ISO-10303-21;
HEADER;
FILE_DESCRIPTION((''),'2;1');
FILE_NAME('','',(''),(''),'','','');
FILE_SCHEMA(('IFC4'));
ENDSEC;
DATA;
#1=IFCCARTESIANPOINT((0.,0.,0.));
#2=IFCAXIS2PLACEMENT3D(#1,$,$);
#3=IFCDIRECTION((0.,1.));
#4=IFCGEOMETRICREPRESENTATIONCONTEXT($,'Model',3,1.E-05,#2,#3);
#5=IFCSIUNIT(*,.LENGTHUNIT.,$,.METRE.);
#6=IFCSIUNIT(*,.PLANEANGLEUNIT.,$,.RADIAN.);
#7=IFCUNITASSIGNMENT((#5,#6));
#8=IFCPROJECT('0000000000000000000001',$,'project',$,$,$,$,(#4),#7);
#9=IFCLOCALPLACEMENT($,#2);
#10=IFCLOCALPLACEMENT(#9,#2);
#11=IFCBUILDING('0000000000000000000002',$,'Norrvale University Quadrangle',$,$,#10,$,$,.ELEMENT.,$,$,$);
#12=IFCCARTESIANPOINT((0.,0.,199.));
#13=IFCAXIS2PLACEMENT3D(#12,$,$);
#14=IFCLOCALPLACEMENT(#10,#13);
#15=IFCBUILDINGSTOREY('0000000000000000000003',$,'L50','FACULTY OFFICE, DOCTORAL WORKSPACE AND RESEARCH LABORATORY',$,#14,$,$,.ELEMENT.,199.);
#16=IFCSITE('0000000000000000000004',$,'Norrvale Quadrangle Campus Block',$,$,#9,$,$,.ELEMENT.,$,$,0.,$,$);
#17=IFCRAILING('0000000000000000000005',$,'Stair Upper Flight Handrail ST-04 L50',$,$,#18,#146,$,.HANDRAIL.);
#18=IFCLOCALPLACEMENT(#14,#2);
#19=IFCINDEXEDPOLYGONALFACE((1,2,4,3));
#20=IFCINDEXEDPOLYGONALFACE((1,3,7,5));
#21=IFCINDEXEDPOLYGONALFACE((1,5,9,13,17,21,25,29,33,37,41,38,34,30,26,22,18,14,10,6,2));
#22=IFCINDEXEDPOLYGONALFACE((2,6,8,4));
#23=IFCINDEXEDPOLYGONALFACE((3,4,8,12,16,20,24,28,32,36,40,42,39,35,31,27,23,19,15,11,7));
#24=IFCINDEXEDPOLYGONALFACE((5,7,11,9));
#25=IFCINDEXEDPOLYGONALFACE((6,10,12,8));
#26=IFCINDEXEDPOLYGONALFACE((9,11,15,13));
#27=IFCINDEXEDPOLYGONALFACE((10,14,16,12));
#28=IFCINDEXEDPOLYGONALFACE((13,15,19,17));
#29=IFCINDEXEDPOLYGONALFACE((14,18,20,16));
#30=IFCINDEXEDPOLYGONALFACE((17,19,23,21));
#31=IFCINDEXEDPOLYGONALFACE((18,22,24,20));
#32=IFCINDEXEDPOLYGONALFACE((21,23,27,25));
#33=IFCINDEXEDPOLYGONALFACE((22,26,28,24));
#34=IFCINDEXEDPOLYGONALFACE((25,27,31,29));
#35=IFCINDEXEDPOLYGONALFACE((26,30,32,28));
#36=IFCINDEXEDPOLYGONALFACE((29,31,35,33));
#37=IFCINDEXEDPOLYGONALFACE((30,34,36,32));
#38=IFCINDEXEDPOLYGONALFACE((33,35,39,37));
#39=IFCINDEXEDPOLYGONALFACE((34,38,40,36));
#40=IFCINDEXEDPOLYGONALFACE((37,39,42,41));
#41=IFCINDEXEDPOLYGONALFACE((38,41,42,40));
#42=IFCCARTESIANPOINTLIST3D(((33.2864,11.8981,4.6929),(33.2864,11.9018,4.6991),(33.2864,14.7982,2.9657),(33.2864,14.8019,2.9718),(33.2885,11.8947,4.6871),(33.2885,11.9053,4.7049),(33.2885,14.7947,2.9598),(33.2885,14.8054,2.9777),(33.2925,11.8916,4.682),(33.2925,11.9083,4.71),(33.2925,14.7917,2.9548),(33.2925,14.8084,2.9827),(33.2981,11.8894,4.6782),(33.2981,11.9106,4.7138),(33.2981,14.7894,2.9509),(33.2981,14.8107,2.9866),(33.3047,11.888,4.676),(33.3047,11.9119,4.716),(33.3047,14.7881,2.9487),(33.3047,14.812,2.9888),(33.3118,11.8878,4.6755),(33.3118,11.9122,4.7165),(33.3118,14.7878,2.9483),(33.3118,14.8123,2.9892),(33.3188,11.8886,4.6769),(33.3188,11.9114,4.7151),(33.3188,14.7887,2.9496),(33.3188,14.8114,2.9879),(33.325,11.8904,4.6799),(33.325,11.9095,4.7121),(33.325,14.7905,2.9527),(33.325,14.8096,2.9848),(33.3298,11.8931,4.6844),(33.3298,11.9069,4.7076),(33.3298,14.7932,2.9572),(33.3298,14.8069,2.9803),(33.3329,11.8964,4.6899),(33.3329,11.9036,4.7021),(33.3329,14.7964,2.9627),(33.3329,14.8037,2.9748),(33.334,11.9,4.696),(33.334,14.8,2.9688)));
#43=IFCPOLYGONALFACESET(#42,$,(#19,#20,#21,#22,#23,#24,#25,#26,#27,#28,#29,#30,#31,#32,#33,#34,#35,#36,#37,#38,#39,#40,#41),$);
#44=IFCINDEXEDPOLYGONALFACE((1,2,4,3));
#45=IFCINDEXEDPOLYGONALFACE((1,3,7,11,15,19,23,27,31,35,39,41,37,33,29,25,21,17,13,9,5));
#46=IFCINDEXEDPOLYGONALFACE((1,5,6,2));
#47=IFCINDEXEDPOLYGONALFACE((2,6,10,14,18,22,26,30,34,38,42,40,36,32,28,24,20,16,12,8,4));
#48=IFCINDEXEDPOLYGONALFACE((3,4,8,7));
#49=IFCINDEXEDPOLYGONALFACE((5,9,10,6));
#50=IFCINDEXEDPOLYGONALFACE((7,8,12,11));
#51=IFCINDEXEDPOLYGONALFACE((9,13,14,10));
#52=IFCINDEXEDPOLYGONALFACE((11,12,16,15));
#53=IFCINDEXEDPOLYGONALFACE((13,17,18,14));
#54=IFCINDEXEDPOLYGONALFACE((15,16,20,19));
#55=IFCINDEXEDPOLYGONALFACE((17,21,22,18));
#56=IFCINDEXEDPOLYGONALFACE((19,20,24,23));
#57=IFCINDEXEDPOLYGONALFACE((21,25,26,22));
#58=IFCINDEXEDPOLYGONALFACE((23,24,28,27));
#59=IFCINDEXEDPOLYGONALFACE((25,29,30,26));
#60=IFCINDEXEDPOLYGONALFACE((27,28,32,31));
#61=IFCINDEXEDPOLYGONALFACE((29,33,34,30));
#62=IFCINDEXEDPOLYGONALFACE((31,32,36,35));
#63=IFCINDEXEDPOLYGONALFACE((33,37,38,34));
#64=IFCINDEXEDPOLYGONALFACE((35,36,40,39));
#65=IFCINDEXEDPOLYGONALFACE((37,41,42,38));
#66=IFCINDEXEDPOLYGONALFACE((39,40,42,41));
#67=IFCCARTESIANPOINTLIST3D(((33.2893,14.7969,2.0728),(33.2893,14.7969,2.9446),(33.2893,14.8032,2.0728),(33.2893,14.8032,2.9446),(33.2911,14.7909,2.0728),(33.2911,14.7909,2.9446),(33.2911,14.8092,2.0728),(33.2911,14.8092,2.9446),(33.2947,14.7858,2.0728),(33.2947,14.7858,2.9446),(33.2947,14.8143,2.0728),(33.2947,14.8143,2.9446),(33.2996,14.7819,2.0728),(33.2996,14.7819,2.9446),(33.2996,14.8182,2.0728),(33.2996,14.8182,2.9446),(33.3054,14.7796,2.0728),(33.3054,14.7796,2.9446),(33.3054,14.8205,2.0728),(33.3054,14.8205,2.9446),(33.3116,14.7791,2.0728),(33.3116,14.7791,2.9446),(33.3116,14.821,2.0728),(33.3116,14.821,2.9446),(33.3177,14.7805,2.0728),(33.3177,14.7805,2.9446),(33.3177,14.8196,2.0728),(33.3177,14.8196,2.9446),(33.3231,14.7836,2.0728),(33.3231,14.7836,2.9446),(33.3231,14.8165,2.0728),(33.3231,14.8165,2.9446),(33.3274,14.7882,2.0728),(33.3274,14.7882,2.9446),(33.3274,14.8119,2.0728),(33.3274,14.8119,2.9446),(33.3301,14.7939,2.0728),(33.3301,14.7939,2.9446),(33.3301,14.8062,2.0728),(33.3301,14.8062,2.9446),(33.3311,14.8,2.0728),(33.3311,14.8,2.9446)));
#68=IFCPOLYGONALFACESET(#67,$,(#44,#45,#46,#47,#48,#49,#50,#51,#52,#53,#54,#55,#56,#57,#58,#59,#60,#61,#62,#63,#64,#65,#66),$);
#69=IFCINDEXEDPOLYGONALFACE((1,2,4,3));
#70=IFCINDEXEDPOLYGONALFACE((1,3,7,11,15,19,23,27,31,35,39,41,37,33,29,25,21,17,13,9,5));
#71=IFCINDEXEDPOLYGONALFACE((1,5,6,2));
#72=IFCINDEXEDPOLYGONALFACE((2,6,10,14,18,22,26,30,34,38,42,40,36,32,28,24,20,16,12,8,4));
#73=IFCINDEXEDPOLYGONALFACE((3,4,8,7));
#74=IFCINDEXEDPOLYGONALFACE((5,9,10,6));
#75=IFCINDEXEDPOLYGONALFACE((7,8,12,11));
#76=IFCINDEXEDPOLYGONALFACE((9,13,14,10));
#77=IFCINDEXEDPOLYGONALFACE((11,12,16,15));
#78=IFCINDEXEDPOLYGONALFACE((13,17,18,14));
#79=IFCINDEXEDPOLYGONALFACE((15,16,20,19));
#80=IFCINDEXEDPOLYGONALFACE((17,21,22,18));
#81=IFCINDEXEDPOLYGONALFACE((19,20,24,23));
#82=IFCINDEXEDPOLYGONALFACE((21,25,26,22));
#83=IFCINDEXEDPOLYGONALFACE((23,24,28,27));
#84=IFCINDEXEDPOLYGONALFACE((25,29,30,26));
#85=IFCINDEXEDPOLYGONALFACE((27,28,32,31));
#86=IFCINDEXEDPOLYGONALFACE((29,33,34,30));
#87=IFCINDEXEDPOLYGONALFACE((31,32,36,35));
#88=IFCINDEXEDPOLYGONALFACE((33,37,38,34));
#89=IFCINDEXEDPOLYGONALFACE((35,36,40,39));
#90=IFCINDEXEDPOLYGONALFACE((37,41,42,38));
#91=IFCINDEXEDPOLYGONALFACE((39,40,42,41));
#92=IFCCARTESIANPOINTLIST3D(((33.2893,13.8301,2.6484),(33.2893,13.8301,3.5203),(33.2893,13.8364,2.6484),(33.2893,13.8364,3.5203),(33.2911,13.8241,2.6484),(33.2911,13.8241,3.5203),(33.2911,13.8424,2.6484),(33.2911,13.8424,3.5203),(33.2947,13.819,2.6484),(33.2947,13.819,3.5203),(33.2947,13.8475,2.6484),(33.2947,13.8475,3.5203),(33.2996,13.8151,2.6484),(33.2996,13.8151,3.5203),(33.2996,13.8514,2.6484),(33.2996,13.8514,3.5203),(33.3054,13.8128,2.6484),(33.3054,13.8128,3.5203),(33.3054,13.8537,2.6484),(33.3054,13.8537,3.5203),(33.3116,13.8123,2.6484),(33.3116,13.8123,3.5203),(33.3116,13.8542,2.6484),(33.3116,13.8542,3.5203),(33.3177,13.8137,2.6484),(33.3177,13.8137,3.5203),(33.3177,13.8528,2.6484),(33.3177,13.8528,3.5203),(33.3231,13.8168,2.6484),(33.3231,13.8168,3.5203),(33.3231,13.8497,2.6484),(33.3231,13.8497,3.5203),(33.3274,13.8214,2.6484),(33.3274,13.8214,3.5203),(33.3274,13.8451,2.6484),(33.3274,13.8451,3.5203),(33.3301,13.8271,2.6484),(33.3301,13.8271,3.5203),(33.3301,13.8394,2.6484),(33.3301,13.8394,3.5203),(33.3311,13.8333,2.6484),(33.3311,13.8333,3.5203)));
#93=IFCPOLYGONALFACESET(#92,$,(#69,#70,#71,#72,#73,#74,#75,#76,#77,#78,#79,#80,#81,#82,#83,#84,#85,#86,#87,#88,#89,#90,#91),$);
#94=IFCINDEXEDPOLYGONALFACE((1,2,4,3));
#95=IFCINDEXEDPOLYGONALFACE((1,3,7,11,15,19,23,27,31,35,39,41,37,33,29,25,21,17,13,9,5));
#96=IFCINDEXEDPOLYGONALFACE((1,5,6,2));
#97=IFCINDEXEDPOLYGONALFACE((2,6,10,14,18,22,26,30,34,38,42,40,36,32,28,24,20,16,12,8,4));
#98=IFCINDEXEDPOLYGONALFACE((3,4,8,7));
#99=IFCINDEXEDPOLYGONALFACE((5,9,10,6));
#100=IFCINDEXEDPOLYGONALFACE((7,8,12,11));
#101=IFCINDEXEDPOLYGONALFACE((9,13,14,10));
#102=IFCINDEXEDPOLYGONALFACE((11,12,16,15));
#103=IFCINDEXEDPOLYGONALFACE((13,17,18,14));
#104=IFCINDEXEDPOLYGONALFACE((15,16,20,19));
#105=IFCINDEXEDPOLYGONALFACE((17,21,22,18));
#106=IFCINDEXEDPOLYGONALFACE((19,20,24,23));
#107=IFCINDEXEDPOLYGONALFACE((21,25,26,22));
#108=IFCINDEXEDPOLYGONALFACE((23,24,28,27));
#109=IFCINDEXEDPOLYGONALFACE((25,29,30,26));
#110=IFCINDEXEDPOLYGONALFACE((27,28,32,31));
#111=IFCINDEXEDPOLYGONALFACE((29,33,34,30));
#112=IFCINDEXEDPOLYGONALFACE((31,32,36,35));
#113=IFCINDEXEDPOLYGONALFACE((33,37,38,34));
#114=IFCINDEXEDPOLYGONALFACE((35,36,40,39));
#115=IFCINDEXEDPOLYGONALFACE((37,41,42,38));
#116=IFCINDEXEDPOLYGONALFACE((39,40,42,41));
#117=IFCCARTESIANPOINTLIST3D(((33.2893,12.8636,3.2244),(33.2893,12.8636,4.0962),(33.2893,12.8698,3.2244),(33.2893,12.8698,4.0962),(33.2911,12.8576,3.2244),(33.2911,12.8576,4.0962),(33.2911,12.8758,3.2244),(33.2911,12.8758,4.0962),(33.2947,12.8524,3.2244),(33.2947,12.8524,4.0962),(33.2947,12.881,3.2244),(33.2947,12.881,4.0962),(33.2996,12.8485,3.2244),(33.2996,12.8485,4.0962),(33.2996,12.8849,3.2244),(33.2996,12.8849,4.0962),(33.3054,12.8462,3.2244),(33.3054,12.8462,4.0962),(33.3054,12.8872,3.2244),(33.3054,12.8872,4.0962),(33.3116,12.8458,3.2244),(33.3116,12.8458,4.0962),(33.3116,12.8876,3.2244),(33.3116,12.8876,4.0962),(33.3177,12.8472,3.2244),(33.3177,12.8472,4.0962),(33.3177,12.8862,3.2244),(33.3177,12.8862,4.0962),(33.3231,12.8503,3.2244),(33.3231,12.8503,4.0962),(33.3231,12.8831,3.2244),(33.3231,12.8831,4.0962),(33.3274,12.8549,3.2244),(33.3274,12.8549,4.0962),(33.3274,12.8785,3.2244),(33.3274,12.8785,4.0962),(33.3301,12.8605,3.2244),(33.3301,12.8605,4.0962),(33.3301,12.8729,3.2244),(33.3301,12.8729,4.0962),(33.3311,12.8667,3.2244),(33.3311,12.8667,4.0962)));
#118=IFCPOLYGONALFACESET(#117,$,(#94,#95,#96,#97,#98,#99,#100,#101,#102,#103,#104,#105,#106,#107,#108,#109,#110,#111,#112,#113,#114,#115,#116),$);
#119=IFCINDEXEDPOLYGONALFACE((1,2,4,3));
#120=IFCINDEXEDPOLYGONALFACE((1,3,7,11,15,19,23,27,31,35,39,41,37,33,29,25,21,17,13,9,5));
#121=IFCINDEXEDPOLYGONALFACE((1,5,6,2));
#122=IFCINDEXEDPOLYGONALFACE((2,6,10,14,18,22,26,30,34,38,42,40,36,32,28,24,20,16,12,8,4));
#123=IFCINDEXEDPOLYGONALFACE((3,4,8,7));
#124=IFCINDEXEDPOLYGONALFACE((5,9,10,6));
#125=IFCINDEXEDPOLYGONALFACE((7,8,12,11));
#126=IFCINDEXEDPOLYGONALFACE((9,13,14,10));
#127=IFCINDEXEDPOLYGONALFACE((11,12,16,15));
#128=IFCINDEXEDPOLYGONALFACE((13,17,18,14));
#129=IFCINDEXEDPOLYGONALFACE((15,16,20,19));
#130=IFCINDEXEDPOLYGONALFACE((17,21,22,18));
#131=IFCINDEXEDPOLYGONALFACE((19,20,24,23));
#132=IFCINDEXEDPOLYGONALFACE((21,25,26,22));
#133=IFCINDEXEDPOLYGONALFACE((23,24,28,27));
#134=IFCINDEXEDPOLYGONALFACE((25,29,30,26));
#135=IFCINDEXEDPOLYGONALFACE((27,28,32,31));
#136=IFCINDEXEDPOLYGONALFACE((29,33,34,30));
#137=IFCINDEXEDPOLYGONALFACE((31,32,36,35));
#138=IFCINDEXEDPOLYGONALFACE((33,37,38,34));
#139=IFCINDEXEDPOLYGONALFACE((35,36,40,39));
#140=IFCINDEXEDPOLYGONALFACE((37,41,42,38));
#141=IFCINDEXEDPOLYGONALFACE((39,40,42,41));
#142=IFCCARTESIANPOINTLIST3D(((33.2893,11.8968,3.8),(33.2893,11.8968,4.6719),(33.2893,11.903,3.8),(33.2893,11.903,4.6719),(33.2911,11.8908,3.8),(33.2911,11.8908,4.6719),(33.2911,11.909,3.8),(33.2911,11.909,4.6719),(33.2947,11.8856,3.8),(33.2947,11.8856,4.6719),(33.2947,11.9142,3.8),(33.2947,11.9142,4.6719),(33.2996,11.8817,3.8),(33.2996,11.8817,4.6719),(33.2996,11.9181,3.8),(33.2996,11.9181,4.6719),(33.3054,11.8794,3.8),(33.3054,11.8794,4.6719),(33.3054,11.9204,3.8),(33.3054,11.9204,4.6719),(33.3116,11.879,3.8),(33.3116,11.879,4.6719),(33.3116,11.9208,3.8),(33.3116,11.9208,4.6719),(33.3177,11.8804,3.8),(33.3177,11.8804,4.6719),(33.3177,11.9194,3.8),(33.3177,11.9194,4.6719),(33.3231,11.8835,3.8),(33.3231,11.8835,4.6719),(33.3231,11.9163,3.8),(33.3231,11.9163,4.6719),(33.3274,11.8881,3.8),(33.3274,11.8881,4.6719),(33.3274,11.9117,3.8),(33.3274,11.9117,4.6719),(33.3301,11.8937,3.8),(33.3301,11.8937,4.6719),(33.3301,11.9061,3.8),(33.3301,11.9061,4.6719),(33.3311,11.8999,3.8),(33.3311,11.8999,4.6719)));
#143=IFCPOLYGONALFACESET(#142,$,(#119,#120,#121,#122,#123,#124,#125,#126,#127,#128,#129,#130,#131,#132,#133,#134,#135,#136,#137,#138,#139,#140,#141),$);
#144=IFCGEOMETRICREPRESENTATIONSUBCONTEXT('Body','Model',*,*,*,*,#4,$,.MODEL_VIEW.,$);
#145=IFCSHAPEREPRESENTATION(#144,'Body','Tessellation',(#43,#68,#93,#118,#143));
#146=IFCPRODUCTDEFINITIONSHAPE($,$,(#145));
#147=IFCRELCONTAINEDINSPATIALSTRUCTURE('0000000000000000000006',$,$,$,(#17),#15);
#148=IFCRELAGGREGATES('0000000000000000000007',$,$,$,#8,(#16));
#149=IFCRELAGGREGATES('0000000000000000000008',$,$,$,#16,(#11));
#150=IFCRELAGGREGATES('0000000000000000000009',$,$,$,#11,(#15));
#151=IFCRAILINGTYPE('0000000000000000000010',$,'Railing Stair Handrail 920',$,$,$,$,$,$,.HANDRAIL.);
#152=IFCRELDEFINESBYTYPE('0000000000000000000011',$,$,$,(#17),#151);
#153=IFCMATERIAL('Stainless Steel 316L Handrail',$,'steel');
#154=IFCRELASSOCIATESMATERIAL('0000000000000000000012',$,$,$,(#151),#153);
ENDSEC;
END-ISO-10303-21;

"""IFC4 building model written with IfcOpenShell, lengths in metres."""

from ifc_helpers import new_model, si_unit, direction, frame, origin, origin_2d, place, context, subcontext, project, spatial, circle, extrude, material, type_object, element, save


model = new_model("IFC4")

# Units and contexts
model_context = context("Model", 3, precision=1e-05, world=origin(), true_north=direction((0.0, 1.0)))
body_context = subcontext(model_context, "Body", "Model", "MODEL_VIEW")
ifc_project = project(units=[si_unit("LENGTHUNIT", "METRE"), si_unit("PLANEANGLEUNIT", "RADIAN")], contexts=[model_context])

# Site, building, storey
site_placement = place(None, origin())
site = spatial("IfcSite", under=ifc_project, at=site_placement, Name="Norrvale Quadrangle Campus Block", CompositionType="ELEMENT", RefElevation=0.0)
building_placement = place(site_placement, origin())
building = spatial("IfcBuilding", under=site, at=building_placement, Name="Norrvale University Quadrangle", CompositionType="ELEMENT")
storey_placement = place(building_placement, frame((0.0, 0.0, 199.0)))
storey = spatial("IfcBuildingStorey", under=building, at=storey_placement, Name="L50", Description="FACULTY OFFICE, DOCTORAL WORKSPACE AND RESEARCH LABORATORY", CompositionType="ELEMENT", Elevation=199.0)

# Railing
ifc_material_1 = material(Name="Stainless Steel 316L Handrail", Category="steel")
railing_type_1 = type_object("IfcRailingType", Name="Railing Stair Handrail 920", PredefinedType="HANDRAIL", material=ifc_material_1)
railing_1_placement = place(storey_placement, frame((33.3101, 14.8, 2.0728)))
element("IfcRailing", 1, at=railing_1_placement, inside=storey, type_object=railing_type_1, Name="Stair Upper Flight Handrail ST-04 L50", PredefinedType="HANDRAIL", context=body_context, shape_type="SweptSolid", body=[
    extrude(circle(Radius=0.0239, at=origin_2d()), frame((0.0, 0.0, 0.896), z_axis=(0.0, -0.85916, 0.511706), x_axis=(1.0, 0.0, 0.0)), (0.0, 0.0, 1.0), 3.3755),
    extrude(circle(Radius=0.021, at=origin_2d()), origin(), (0.0, 0.0, 1.0), 0.8718),
    extrude(circle(Radius=0.021, at=origin_2d()), frame((0.0, -0.9668, 0.5757)), (0.0, 0.0, 1.0), 0.8718),
    extrude(circle(Radius=0.021, at=origin_2d()), frame((0.0, -1.9333, 1.1516)), (0.0, 0.0, 1.0), 0.8718),
    extrude(circle(Radius=0.021, at=origin_2d()), frame((0.0, -2.9001, 1.7273)), (0.0, 0.0, 1.0), 0.8718),
])

save(model, "model.ifc")
